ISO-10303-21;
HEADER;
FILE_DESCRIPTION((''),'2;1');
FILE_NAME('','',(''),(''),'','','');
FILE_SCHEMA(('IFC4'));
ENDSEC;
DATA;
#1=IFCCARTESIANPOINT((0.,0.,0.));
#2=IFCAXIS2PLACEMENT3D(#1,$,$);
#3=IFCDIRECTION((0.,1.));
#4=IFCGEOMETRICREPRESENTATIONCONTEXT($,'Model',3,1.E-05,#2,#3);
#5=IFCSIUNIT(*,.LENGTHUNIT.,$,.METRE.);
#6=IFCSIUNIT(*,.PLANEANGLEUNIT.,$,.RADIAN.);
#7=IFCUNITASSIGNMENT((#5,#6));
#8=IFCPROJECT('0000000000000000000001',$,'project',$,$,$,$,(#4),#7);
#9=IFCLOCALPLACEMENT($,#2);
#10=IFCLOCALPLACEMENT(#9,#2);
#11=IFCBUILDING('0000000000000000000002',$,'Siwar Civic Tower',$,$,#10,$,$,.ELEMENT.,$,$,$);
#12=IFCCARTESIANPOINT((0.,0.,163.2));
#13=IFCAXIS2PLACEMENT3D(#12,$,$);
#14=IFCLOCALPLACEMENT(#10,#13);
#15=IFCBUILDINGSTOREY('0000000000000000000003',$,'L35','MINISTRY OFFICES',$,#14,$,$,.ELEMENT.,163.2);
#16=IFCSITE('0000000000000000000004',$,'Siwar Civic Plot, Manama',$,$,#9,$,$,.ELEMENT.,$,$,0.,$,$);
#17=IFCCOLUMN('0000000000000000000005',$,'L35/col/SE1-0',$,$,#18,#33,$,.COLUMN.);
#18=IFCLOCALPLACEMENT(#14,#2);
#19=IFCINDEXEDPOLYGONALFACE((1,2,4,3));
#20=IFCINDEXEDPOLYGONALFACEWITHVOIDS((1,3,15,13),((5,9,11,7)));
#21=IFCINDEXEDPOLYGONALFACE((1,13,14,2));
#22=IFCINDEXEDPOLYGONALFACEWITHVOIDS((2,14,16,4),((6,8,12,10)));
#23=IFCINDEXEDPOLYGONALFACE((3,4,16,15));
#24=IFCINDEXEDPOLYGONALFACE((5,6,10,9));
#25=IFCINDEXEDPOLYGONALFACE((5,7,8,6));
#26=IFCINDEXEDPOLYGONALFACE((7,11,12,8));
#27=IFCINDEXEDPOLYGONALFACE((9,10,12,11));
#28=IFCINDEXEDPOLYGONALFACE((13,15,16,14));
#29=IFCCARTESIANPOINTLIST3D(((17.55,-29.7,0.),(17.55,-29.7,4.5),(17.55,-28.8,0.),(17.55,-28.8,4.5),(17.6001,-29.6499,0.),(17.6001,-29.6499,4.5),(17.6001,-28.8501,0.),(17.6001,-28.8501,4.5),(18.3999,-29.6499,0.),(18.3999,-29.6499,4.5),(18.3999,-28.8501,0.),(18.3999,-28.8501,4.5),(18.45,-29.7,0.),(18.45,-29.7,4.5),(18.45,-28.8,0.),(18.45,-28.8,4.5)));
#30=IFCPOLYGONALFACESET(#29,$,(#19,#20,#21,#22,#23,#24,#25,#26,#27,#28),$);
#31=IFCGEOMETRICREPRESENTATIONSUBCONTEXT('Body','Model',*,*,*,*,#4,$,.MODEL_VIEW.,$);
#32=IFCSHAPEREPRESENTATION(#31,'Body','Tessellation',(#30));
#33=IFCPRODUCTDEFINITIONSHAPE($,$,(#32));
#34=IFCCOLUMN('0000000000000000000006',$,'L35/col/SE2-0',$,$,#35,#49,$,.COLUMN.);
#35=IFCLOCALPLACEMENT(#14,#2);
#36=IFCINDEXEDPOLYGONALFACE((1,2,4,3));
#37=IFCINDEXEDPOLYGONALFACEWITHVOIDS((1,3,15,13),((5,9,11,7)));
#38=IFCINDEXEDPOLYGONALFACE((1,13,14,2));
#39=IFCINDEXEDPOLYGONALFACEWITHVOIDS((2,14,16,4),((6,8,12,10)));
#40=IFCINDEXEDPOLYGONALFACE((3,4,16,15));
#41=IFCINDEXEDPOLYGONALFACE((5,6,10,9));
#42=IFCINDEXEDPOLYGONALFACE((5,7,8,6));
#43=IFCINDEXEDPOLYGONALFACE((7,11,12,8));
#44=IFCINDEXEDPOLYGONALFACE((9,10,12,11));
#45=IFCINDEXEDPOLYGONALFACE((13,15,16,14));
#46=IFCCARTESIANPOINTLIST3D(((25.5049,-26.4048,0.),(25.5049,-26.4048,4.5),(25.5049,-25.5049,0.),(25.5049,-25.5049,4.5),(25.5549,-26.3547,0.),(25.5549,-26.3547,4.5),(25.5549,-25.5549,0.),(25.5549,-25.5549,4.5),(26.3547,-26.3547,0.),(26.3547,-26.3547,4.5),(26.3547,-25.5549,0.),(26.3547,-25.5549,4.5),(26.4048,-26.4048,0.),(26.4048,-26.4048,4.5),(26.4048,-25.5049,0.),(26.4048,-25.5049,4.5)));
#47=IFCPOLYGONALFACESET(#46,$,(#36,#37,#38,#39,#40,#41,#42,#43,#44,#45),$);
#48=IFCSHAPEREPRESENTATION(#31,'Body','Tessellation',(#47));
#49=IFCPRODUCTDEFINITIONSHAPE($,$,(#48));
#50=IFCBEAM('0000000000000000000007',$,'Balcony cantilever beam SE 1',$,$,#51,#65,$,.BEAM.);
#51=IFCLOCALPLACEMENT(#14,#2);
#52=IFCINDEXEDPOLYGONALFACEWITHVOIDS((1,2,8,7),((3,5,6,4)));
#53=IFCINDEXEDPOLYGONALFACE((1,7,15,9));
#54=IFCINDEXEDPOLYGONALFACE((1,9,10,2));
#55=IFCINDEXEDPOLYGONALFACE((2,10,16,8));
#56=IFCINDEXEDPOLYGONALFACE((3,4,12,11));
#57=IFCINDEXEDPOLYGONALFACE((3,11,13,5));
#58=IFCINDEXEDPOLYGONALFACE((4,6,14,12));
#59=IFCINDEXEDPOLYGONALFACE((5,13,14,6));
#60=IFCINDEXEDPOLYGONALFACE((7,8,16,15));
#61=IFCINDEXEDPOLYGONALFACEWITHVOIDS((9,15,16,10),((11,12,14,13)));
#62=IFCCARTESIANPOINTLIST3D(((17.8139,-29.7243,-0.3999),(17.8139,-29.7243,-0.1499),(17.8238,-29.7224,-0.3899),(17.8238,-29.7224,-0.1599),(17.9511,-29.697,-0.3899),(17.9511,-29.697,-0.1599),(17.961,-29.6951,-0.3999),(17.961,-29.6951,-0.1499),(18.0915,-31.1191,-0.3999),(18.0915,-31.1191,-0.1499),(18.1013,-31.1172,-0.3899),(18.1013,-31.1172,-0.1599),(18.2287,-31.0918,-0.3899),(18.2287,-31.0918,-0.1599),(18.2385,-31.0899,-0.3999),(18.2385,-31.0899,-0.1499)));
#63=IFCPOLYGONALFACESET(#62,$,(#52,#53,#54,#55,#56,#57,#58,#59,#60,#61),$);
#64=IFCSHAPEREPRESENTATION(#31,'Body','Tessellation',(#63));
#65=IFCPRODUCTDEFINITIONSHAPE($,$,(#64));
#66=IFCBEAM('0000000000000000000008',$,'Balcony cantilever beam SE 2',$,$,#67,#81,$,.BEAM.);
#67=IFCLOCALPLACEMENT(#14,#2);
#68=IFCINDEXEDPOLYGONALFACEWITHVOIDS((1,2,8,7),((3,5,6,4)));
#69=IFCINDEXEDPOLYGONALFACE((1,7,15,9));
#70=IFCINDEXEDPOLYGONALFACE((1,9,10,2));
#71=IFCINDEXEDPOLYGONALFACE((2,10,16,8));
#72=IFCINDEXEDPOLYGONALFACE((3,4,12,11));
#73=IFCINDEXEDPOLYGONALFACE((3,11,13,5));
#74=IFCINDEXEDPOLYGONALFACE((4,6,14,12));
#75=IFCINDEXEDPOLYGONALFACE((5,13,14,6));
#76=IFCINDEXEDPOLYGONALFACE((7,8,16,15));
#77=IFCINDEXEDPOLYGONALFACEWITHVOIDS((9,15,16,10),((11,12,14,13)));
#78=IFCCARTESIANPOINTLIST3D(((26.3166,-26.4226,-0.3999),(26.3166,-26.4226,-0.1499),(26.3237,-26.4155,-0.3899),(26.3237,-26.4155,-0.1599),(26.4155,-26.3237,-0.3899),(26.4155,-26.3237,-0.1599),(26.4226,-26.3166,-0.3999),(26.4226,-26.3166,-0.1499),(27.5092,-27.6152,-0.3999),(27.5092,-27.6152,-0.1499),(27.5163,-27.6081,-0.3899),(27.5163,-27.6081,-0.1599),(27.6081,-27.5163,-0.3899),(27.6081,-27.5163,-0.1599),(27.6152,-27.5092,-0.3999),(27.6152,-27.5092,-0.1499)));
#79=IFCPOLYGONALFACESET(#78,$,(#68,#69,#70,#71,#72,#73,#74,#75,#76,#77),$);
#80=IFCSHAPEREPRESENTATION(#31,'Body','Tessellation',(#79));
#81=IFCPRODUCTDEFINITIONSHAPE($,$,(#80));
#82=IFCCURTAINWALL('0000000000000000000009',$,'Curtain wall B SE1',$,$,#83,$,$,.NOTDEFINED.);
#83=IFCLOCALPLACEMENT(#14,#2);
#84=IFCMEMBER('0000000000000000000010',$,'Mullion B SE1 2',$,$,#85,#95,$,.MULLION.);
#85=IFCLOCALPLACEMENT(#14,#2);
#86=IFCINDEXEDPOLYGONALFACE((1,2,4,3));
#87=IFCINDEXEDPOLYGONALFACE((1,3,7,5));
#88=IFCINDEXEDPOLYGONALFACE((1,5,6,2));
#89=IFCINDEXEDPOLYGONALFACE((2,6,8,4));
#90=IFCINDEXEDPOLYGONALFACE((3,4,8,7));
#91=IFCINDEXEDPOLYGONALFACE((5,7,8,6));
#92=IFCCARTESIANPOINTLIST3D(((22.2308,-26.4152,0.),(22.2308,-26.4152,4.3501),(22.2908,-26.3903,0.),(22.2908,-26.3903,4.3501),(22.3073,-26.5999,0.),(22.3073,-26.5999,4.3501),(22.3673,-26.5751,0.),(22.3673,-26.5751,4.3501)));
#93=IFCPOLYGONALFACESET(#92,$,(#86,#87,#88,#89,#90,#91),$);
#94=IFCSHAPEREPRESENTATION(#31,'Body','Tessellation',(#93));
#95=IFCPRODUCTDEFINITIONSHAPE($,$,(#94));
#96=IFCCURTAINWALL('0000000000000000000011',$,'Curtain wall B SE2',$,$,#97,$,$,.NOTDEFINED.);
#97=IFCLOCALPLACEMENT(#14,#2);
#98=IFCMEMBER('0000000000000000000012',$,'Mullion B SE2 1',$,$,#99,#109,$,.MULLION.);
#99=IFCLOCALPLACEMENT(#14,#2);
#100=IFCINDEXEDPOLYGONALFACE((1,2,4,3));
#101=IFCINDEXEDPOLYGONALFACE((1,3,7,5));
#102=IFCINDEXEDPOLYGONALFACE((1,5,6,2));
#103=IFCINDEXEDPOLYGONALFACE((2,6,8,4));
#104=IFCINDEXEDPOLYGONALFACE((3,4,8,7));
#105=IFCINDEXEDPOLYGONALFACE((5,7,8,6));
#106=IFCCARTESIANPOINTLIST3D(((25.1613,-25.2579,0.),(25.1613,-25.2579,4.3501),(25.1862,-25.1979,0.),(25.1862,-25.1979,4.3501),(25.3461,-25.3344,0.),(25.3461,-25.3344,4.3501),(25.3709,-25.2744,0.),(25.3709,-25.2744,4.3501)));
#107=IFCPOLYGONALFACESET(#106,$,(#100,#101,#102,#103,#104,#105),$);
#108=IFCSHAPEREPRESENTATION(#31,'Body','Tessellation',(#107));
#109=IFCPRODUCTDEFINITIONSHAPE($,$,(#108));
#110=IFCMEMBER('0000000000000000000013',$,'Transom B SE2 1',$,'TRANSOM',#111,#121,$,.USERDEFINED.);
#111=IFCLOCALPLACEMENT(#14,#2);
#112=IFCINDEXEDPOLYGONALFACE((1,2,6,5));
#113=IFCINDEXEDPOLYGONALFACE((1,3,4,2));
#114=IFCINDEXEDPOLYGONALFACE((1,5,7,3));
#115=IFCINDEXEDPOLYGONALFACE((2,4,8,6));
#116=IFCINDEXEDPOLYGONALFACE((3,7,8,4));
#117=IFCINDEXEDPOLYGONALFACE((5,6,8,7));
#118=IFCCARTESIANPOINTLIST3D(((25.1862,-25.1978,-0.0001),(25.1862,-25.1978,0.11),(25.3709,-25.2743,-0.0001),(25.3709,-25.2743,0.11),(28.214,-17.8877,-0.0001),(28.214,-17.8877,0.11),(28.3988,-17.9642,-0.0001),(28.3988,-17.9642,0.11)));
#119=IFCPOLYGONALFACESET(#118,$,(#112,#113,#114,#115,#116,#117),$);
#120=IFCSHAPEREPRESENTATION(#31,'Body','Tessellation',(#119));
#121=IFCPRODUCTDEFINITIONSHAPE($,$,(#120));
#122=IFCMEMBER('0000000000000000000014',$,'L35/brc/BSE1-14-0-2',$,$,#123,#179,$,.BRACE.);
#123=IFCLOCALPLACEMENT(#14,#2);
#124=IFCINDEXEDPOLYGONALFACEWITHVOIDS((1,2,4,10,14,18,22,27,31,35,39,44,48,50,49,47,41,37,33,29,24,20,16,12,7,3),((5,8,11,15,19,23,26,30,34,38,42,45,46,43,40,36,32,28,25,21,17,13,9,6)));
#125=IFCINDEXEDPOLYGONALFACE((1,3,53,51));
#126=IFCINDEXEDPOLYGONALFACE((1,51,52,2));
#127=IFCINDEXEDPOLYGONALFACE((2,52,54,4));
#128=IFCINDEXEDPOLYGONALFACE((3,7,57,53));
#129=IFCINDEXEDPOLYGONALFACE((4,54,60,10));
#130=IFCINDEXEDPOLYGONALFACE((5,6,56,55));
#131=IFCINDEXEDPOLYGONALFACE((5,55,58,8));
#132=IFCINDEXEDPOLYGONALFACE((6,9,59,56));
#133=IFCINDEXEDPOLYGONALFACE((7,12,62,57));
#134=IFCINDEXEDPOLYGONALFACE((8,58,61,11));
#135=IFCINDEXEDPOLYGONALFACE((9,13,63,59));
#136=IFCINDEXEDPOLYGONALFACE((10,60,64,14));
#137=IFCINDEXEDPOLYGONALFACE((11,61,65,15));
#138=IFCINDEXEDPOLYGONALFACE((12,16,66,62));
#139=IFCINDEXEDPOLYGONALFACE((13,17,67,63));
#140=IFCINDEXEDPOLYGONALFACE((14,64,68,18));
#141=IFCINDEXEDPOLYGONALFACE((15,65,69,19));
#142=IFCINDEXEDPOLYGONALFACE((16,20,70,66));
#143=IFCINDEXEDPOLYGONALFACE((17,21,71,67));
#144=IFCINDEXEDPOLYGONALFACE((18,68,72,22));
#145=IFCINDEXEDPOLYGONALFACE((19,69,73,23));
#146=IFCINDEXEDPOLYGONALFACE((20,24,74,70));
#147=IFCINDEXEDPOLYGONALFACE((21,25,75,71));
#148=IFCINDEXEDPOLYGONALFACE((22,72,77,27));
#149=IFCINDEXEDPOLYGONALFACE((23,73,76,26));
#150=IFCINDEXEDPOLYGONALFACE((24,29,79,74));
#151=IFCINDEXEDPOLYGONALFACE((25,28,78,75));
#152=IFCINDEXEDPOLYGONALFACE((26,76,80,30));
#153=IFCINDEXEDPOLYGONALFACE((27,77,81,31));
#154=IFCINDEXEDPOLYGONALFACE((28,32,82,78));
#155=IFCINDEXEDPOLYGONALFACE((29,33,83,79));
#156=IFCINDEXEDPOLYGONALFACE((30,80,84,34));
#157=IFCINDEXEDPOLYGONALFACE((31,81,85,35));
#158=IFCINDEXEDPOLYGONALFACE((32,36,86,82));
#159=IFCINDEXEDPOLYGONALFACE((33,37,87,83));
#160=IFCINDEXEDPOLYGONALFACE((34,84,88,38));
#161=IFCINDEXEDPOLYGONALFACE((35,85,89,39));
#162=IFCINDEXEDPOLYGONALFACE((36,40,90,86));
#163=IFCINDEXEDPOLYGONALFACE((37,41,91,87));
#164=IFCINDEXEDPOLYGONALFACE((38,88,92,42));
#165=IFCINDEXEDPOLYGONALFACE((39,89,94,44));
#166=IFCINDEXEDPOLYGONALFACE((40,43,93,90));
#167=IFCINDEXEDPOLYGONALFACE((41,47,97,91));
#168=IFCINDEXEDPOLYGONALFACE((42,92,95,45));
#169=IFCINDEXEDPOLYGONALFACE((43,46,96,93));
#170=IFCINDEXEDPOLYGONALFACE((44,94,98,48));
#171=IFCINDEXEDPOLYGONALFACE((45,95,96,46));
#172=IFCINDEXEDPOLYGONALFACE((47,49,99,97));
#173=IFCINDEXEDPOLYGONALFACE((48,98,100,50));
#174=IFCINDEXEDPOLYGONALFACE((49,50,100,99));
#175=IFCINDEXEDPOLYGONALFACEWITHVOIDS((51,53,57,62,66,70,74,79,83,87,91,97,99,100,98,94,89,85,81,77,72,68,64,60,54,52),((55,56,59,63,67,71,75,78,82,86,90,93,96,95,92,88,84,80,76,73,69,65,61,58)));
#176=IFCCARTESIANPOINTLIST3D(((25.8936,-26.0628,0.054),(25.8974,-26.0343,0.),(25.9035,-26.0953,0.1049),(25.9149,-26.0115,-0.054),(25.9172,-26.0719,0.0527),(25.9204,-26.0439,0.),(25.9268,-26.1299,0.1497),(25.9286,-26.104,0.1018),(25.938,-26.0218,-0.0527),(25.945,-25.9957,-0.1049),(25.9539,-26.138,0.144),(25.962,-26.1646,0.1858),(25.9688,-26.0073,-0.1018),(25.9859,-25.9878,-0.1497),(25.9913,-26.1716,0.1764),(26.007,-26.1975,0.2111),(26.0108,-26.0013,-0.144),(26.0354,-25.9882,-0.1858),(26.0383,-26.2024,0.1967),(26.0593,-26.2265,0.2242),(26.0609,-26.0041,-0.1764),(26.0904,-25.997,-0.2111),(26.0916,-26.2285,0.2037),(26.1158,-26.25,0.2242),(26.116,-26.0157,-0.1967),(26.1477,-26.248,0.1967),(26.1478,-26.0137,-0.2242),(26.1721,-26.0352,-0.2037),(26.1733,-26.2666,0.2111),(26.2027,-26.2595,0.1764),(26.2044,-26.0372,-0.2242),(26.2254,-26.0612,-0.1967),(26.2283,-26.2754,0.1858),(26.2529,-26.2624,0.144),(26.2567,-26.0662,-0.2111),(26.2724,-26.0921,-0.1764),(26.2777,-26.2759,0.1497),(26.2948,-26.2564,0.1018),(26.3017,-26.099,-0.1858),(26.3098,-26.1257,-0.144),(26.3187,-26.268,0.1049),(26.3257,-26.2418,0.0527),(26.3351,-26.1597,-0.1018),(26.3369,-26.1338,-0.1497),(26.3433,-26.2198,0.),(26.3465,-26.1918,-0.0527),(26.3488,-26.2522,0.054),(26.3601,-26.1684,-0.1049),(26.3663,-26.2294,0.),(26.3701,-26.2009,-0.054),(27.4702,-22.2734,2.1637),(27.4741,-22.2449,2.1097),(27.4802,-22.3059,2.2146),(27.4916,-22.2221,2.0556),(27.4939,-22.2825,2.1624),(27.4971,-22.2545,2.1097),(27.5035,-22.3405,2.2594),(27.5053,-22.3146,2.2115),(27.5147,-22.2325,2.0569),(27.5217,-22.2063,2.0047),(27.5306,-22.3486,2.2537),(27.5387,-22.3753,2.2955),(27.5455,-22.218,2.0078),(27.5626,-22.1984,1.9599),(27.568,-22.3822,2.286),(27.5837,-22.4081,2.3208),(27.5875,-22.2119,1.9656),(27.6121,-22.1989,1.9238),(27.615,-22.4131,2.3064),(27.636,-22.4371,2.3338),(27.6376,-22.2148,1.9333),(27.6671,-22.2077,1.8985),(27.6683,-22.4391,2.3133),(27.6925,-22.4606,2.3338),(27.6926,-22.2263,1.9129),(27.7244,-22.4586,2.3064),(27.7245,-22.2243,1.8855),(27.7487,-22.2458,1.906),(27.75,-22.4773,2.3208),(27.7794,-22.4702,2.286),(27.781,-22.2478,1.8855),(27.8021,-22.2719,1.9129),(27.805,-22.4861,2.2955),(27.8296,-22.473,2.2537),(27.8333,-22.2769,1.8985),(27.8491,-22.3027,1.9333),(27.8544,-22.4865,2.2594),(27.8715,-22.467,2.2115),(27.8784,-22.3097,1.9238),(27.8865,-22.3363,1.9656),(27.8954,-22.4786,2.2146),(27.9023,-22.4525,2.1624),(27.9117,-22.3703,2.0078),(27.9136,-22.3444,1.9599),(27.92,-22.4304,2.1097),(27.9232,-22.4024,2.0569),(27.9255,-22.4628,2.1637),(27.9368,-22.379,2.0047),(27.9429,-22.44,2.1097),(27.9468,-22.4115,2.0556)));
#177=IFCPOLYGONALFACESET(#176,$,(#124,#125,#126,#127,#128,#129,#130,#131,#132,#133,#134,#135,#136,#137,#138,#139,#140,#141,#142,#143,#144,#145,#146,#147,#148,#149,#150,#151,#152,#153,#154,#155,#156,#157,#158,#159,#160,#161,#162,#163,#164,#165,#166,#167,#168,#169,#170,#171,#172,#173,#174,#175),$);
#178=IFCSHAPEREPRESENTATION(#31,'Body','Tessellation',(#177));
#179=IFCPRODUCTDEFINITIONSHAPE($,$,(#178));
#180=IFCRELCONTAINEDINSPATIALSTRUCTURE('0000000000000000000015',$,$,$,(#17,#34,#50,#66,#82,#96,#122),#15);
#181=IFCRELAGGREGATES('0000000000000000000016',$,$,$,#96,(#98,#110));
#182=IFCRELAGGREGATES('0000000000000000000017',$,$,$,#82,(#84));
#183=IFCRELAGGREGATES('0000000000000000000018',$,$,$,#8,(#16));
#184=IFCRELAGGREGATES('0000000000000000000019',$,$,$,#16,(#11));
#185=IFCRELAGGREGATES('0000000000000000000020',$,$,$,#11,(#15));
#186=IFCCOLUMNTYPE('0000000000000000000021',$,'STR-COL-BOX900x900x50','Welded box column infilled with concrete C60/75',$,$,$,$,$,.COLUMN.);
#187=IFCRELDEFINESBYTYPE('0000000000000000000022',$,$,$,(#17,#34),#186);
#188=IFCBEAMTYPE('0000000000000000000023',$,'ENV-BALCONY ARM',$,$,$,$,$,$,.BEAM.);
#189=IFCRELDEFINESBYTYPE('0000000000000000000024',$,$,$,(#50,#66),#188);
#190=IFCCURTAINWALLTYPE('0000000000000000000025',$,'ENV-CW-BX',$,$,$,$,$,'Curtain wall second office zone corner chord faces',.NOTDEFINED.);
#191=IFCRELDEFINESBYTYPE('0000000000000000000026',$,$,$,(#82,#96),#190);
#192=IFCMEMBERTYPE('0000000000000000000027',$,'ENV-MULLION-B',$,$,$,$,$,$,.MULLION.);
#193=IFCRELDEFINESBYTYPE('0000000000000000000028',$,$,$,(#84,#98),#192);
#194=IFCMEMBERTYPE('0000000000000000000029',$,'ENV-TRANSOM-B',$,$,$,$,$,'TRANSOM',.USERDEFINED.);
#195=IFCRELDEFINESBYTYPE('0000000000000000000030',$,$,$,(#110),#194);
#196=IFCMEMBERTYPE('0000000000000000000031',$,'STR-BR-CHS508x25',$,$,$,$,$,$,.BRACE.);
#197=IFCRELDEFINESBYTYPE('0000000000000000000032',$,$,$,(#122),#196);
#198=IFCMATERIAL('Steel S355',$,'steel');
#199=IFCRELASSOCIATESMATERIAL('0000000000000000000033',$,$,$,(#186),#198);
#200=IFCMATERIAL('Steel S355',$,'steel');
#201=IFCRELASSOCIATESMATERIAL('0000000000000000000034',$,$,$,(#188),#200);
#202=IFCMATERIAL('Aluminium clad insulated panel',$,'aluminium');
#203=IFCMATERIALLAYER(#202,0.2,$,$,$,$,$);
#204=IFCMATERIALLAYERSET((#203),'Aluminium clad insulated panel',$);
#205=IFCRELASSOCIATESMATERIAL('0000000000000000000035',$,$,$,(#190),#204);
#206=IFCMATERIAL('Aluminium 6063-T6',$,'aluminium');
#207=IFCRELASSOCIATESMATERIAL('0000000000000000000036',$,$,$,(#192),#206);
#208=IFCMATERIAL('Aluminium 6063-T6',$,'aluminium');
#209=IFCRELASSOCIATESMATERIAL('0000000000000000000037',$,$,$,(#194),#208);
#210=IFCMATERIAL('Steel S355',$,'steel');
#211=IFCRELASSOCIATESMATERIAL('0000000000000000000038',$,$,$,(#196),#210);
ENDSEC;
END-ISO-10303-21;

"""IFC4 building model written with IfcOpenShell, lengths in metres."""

from ifc_helpers import new_model, si_unit, direction, frame, origin, origin_2d, place, context, subcontext, project, spatial, rectangle, hollow_rectangle, hollow_circle, extrude, material, layer, layer_set, material_profile, profile_set, type_object, element, aggregate, save


model = new_model("IFC4")

# Units and contexts
model_context = context("Model", 3, precision=1e-05, world=origin(), true_north=direction((0.0, 1.0)))
body_context = subcontext(model_context, "Body", "Model", "MODEL_VIEW")
ifc_project = project(units=[si_unit("LENGTHUNIT", "METRE"), si_unit("PLANEANGLEUNIT", "RADIAN")], contexts=[model_context])

# Site, building, storey
site_placement = place(None, origin())
site = spatial("IfcSite", under=ifc_project, at=site_placement, Name="Siwar Civic Plot, Manama", CompositionType="ELEMENT", RefElevation=0.0)
building_placement = place(site_placement, origin())
building = spatial("IfcBuilding", under=site, at=building_placement, Name="Siwar Civic Tower", CompositionType="ELEMENT")
storey_placement = place(building_placement, frame((0.0, 0.0, 163.2)))
storey = spatial("IfcBuildingStorey", under=building, at=storey_placement, Name="L35", Description="MINISTRY OFFICES", CompositionType="ELEMENT", Elevation=163.2)

# Columns
ifc_material_1 = material(Name="Steel S355", Category="steel")
ifc_material_profile_1 = material_profile(ifc_material_1, hollow_rectangle(XDim=0.8999, YDim=0.8999, WallThickness=0.05, at=origin_2d()), Name="BOX900x900x50")
ifc_profile_set_1 = profile_set([ifc_material_profile_1], Name="Steel S355")
column_type = type_object("IfcColumnType", Name="STR-COL-BOX900x900x50", Description="Welded box column infilled with concrete C60/75", PredefinedType="COLUMN", material=ifc_profile_set_1)
for number, where, z_axis, x_axis, name in (
    (1, (18.0, -29.25, 0.0), (0.0, 0.0, 1.0), (1.0, 0.0, 0.0), "L35/col/SE1-0"),
    (2, (25.9548, -25.9548, 0.0), (0.0, 0.0, 1.0), (1.0, 0.0, 0.0), "L35/col/SE2-0"),
):
    element("IfcColumn", number, at=place(storey_placement, frame(where, z_axis=z_axis, x_axis=x_axis)), inside=storey, type_object=column_type, Name=name, PredefinedType="COLUMN", context=body_context, shape_type="SweptSolid", body=[
        extrude(hollow_rectangle(XDim=0.8999, YDim=0.8999, WallThickness=0.05, at=origin_2d()), origin(), (0.0, 0.0, 1.0), 4.5),
    ])

# Beams
ifc_material_2 = material(Name="Steel S355", Category="steel")
ifc_material_profile_2 = material_profile(ifc_material_2, hollow_rectangle(XDim=0.1499, YDim=0.25, WallThickness=0.01, at=origin_2d()), Name="RHS250x150x10")
ifc_profile_set_2 = profile_set([ifc_material_profile_2], Name="Steel S355")
beam_type_1 = type_object("IfcBeamType", Name="ENV-BALCONY ARM", PredefinedType="BEAM", material=ifc_profile_set_2)
beam_1_placement = place(storey_placement, frame((17.8875, -29.7097, -0.2749), z_axis=(0.195192, -0.980765, 0.0), x_axis=(0.980765, 0.195192, 0.0)))
element("IfcBeam", 3, at=beam_1_placement, inside=storey, type_object=beam_type_1, Name="Balcony cantilever beam SE 1", PredefinedType="BEAM", context=body_context, shape_type="SweptSolid", body=[
    extrude(hollow_rectangle(XDim=0.1499, YDim=0.25, WallThickness=0.01, at=origin_2d()), origin(), (0.0, 0.0, 1.0), 1.4221),
])
beam_2_placement = place(storey_placement, frame((26.3696, -26.3696, -0.2749), z_axis=(0.707107, -0.707107, 0.0), x_axis=(0.707107, 0.707107, 0.0)))
element("IfcBeam", 4, at=beam_2_placement, inside=storey, type_object=beam_type_1, Name="Balcony cantilever beam SE 2", PredefinedType="BEAM", context=body_context, shape_type="SweptSolid", body=[
    extrude(hollow_rectangle(XDim=0.1499, YDim=0.25, WallThickness=0.01, at=origin_2d()), origin(), (0.0, 0.0, 1.0), 1.6865),
])

# Curtain wall, member
ifc_material_3 = material(Name="Aluminium clad insulated panel", Category="aluminium")
ifc_layer_1 = layer(ifc_material_3, 0.2)
ifc_layer_set_1 = layer_set([ifc_layer_1], Name="Aluminium clad insulated panel")
curtain_wall_type = type_object("IfcCurtainWallType", Name="ENV-CW-BX", ElementType="Curtain wall second office zone corner chord faces", PredefinedType="NOTDEFINED", material=ifc_layer_set_1)
curtain_wall_1_placement = place(storey_placement, origin())
curtain_wall_1 = element("IfcCurtainWall", 5, at=curtain_wall_1_placement, inside=storey, type_object=curtain_wall_type, Name="Curtain wall B SE1", PredefinedType="NOTDEFINED")
ifc_material_4 = material(Name="Aluminium 6063-T6", Category="aluminium")
ifc_material_profile_3 = material_profile(ifc_material_4, rectangle(XDim=0.2, YDim=0.0649, at=origin_2d()), Name="AL 200x65")
ifc_profile_set_3 = profile_set([ifc_material_profile_3], Name="Aluminium 6063-T6")
member_type_1 = type_object("IfcMemberType", Name="ENV-MULLION-B", PredefinedType="MULLION", material=ifc_profile_set_3)
member_1_placement = place(storey_placement, frame((22.2991, -26.4951, 0.0), z_axis=(0.0, 0.0, 1.0), x_axis=(-0.382683, 0.92388, 0.0)))
member_1 = element("IfcMember", 6, at=member_1_placement, type_object=member_type_1, Name="Mullion B SE1 2", PredefinedType="MULLION", context=body_context, shape_type="SweptSolid", body=[
    extrude(rectangle(XDim=0.2, YDim=0.0649, at=origin_2d()), origin(), (0.0, 0.0, 1.0), 4.3501),
])

# Curtain wall, members
curtain_wall_2_placement = place(storey_placement, origin())
curtain_wall_2 = element("IfcCurtainWall", 7, at=curtain_wall_2_placement, inside=storey, type_object=curtain_wall_type, Name="Curtain wall B SE2", PredefinedType="NOTDEFINED")
member_2_placement = place(storey_placement, frame((25.2661, -25.2661, 0.0), z_axis=(0.0, 0.0, 1.0), x_axis=(-0.92388, 0.382683, 0.0)))
member_2 = element("IfcMember", 8, at=member_2_placement, type_object=member_type_1, Name="Mullion B SE2 1", PredefinedType="MULLION", context=body_context, shape_type="SweptSolid", body=[
    extrude(rectangle(XDim=0.2, YDim=0.0649, at=origin_2d()), origin(), (0.0, 0.0, 1.0), 4.3501),
])
ifc_material_5 = material(Name="Aluminium 6063-T6", Category="aluminium")
ifc_material_profile_4 = material_profile(ifc_material_5, rectangle(XDim=0.2, YDim=0.1101, at=origin_2d()), Name="AL 200x110")
ifc_profile_set_4 = profile_set([ifc_material_profile_4], Name="Aluminium 6063-T6")
member_type_2 = type_object("IfcMemberType", Name="ENV-TRANSOM-B", ElementType="TRANSOM", PredefinedType="USERDEFINED", material=ifc_profile_set_4)
member_3_placement = place(storey_placement, frame((25.2786, -25.2361, 0.0549), z_axis=(0.382673, 0.923884, 0.0), x_axis=(-0.923884, 0.382673, 0.0)))
member_3 = element("IfcMember", 9, at=member_3_placement, type_object=member_type_2, Name="Transom B SE2 1", ObjectType="TRANSOM", PredefinedType="USERDEFINED", context=body_context, shape_type="SweptSolid", body=[
    extrude(rectangle(XDim=0.2, YDim=0.1101, at=origin_2d()), origin(), (0.0, 0.0, 1.0), 7.9124),
])
aggregate(curtain_wall_2, [member_2, member_3])

# Member
ifc_material_6 = material(Name="Steel S355", Category="steel")
ifc_material_profile_5 = material_profile(ifc_material_6, hollow_circle(Radius=0.2539, WallThickness=0.0249, at=origin_2d()), Name="CHS508x25")
ifc_profile_set_5 = profile_set([ifc_material_profile_5], Name="Steel S355")
member_type_3 = type_object("IfcMemberType", Name="STR-BR-CHS508x25", PredefinedType="BRACE", material=ifc_profile_set_5)
member_4_placement = place(storey_placement, frame((26.1318, -26.1318, 0.0), z_axis=(0.341662, 0.821143, 0.457155), x_axis=(-0.923269, 0.384155, 0.0)))
element("IfcMember", 10, at=member_4_placement, inside=storey, type_object=member_type_3, Name="L35/brc/BSE1-14-0-2", PredefinedType="BRACE", context=body_context, shape_type="SweptSolid", body=[
    extrude(hollow_circle(Radius=0.2539, WallThickness=0.0249, at=origin_2d()), origin(), (0.0, 0.0, 1.0), 4.6147),
])

aggregate(curtain_wall_1, [member_1])

save(model, "model.ifc")
